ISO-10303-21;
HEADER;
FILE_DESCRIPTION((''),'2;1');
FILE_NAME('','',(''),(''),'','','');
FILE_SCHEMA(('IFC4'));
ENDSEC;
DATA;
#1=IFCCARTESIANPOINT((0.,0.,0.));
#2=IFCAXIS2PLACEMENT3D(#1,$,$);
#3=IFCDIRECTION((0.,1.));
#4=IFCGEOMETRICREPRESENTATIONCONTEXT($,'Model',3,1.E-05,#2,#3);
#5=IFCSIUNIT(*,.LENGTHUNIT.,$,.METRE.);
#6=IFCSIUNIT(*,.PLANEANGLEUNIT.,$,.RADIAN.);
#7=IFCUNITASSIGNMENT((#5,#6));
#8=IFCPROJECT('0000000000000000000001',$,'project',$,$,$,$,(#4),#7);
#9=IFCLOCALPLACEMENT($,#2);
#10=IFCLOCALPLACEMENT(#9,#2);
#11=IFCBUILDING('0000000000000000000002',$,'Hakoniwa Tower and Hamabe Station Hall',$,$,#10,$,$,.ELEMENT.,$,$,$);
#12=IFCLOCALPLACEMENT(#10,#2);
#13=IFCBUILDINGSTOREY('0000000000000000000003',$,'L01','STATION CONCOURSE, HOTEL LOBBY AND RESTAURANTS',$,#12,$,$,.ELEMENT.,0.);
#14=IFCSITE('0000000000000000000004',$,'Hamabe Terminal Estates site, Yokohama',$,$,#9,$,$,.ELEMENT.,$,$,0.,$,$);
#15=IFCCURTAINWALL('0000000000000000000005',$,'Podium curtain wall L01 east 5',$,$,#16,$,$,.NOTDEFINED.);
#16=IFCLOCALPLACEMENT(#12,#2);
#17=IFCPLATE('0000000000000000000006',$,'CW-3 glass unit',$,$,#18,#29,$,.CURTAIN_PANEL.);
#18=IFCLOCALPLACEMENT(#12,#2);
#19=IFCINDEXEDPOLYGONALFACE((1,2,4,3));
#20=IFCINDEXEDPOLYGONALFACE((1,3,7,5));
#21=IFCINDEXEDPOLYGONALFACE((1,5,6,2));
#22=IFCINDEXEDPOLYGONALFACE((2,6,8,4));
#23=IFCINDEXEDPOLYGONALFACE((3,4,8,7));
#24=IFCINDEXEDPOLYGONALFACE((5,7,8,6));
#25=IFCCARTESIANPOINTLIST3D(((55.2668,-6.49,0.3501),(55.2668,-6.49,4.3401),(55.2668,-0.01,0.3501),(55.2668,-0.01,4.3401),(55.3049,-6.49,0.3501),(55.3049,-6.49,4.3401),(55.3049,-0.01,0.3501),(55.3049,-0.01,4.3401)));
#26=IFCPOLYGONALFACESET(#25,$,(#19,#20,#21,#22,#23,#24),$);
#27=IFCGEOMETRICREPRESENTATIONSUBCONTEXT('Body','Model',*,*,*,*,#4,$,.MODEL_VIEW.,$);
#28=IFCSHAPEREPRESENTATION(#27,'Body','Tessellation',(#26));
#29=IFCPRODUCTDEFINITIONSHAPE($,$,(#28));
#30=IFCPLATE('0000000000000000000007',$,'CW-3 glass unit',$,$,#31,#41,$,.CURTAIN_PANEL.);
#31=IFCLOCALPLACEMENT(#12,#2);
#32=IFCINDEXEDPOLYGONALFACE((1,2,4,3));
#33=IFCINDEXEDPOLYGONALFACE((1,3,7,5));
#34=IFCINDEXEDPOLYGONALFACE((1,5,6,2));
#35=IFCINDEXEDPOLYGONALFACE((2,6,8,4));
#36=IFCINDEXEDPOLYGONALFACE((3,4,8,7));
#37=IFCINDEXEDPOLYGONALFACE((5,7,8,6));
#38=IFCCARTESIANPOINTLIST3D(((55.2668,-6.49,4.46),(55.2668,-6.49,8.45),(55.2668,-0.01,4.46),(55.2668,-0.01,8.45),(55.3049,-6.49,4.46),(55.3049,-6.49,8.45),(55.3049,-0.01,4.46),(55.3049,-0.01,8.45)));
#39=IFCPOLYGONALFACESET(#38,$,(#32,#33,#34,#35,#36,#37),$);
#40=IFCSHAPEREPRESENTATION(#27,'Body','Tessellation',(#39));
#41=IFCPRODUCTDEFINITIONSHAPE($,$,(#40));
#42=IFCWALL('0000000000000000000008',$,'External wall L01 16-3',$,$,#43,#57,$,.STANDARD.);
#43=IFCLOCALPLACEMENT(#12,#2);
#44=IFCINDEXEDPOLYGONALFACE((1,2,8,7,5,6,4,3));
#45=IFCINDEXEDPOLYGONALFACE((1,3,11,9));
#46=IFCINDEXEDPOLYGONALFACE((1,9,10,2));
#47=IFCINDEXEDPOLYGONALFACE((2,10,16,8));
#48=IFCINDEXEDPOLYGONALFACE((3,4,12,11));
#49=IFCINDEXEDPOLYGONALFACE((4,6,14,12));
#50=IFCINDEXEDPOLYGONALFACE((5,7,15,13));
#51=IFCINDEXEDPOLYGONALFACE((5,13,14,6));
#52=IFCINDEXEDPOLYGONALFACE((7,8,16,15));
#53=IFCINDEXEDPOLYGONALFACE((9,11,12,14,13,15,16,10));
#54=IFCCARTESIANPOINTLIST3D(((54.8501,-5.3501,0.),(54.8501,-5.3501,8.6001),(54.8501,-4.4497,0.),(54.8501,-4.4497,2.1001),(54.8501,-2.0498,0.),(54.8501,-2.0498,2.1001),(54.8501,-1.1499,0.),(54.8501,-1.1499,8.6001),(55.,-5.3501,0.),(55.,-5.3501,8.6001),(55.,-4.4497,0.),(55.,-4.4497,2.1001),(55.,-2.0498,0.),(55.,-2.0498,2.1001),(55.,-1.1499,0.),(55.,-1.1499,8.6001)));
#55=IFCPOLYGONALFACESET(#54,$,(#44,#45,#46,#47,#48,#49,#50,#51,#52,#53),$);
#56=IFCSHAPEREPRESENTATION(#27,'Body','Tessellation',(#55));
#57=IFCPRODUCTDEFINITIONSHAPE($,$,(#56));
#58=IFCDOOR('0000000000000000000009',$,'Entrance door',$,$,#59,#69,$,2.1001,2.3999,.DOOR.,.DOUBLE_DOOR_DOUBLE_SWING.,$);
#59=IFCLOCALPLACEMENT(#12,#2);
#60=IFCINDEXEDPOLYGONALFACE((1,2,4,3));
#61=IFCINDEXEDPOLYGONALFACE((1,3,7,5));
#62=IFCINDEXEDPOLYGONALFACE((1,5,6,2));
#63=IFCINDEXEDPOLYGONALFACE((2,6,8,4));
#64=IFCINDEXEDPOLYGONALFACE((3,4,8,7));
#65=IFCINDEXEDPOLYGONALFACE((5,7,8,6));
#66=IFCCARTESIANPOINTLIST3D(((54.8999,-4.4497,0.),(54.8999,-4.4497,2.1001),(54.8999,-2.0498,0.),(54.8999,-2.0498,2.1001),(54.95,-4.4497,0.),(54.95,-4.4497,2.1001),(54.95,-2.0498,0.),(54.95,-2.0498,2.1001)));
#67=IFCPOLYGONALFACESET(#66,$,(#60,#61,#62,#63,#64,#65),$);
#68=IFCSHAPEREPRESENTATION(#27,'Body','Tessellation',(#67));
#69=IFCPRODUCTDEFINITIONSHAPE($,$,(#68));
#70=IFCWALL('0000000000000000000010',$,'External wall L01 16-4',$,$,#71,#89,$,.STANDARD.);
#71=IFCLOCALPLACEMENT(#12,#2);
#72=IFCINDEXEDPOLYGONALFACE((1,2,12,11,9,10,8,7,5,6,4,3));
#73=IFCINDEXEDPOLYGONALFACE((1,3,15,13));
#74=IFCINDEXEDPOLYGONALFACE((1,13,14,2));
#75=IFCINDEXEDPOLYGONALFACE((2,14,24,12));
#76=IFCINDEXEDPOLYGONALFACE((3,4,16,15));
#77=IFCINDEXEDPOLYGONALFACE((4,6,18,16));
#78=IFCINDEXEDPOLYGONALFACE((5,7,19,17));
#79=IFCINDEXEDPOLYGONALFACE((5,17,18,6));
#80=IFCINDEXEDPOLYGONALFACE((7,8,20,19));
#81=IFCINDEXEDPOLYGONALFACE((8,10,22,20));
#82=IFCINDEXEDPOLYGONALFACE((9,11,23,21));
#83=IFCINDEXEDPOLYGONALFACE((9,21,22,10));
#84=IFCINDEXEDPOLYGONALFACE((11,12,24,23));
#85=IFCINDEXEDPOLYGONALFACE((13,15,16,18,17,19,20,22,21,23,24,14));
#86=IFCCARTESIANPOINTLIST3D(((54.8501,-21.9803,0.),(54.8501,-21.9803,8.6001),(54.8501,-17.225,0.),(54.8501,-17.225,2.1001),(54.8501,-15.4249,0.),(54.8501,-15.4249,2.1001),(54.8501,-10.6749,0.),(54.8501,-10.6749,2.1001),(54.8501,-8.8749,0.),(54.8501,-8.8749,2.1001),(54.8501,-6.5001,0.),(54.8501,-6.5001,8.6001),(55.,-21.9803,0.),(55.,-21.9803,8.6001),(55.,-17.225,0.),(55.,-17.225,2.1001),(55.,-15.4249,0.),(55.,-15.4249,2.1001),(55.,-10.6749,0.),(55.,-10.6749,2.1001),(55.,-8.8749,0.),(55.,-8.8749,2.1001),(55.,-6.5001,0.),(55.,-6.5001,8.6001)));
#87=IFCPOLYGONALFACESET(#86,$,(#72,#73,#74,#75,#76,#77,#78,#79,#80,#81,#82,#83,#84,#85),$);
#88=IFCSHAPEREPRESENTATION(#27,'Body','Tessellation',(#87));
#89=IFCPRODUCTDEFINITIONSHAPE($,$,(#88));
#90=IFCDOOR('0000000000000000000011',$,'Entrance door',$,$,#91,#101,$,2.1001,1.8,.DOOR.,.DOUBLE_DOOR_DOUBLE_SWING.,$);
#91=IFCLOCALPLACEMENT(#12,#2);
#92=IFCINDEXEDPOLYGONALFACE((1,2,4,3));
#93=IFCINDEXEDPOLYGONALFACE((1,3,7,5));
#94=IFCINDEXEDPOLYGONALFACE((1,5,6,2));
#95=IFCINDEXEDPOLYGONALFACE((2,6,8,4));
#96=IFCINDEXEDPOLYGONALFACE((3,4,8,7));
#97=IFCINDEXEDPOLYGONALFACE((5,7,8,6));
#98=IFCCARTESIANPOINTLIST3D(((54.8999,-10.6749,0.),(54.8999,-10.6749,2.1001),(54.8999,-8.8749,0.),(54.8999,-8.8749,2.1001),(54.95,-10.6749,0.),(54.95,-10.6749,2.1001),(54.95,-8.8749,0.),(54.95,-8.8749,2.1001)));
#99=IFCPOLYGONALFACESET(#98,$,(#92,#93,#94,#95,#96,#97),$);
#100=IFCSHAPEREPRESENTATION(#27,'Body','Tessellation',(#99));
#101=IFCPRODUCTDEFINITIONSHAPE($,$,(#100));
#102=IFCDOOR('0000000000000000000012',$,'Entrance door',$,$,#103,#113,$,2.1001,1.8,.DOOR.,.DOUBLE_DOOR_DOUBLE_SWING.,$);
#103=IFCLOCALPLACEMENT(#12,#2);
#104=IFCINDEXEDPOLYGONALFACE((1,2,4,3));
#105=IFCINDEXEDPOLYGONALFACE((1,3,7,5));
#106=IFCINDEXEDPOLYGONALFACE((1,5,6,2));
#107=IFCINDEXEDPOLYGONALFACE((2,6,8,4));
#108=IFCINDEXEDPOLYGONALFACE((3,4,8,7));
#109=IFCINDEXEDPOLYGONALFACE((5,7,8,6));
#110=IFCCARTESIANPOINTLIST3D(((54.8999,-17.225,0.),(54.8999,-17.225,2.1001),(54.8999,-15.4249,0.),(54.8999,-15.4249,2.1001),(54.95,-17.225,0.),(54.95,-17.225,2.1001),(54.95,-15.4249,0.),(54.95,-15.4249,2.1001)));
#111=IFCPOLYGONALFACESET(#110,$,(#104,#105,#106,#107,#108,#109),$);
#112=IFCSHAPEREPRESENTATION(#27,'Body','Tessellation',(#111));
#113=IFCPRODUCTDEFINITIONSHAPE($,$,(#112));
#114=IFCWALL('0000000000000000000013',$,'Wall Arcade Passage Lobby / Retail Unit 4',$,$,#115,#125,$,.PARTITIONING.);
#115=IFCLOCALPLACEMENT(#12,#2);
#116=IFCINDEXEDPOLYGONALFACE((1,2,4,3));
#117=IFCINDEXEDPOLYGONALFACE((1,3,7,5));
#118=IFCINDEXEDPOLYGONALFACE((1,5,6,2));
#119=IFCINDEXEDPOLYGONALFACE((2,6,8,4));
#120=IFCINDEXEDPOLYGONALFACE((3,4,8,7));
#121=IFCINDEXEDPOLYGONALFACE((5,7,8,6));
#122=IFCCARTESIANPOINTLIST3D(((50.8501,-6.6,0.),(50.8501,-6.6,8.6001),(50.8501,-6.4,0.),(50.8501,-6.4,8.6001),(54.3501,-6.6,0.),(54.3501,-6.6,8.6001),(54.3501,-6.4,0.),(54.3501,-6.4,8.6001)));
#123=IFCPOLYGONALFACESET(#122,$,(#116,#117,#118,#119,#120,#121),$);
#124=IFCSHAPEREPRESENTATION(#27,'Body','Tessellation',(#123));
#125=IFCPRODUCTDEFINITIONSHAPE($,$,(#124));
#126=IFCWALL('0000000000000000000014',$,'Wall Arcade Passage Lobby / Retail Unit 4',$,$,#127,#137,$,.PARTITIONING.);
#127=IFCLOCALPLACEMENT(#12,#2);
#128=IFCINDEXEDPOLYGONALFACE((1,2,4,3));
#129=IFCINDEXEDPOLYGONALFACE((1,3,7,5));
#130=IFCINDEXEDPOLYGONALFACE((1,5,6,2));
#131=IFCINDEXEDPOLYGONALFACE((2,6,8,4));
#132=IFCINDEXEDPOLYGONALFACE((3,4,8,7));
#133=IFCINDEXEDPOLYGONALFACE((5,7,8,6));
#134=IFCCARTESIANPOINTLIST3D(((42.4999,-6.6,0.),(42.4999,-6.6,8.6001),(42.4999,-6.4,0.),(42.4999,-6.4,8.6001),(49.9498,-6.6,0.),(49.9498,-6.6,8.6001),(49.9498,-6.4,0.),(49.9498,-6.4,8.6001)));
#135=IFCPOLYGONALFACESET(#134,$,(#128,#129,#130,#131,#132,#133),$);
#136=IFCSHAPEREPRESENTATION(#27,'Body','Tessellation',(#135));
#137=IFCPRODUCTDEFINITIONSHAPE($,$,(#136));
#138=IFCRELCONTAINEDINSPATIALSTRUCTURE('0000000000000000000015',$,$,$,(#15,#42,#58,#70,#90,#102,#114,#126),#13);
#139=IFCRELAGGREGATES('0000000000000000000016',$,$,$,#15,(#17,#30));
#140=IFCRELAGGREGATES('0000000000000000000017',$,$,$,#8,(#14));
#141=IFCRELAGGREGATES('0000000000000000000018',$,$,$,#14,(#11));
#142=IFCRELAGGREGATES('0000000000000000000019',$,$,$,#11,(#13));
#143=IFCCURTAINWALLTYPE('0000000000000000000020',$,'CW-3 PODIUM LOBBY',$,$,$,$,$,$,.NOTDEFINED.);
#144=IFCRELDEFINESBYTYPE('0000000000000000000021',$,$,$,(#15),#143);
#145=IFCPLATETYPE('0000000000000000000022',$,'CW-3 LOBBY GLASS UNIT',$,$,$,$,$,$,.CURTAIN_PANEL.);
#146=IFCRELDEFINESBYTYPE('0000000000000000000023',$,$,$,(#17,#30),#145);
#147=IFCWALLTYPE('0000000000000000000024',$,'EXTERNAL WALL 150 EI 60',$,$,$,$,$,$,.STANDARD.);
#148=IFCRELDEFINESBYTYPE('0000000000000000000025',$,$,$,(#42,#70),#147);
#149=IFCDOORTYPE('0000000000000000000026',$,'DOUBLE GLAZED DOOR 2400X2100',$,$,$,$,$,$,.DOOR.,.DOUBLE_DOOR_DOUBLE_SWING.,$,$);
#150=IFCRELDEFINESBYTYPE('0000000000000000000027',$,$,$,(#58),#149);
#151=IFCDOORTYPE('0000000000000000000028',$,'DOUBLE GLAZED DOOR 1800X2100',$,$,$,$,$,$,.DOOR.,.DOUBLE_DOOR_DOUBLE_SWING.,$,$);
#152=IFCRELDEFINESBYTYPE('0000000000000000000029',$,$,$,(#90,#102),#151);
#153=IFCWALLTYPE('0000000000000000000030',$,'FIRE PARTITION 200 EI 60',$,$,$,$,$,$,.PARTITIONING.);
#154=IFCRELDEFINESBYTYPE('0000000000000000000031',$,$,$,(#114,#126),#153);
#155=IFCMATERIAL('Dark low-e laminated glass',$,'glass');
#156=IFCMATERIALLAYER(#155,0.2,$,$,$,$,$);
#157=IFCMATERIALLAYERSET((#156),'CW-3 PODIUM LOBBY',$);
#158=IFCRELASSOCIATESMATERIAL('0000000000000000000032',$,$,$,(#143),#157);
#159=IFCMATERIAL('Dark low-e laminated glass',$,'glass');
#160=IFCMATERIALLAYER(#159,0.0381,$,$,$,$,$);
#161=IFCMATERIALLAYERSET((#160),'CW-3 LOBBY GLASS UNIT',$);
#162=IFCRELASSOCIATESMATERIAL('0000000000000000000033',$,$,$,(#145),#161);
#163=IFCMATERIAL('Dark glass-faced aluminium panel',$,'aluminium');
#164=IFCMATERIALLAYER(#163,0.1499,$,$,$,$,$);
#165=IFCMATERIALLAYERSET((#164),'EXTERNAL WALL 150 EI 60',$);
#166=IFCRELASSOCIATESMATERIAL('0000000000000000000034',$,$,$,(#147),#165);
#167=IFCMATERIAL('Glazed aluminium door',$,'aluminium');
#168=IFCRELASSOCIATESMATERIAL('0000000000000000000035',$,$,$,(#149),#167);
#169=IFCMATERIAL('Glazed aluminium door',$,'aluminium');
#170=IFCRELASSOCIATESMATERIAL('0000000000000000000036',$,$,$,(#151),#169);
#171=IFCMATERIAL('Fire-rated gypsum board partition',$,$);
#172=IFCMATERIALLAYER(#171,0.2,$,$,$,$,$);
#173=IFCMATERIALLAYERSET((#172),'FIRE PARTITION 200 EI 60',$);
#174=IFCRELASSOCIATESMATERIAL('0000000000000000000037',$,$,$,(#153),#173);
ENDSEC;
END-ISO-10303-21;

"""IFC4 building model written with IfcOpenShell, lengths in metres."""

from ifc_helpers import new_model, si_unit, direction, frame, frame_2d, origin, origin_2d, place, context, subcontext, project, spatial, rectangle, extrude, material, layer, layer_set, type_object, element, fill, aggregate, save


model = new_model("IFC4")

# Units and contexts
model_context = context("Model", 3, precision=1e-05, world=origin(), true_north=direction((0.0, 1.0)))
body_context = subcontext(model_context, "Body", "Model", "MODEL_VIEW")
ifc_project = project(units=[si_unit("LENGTHUNIT", "METRE"), si_unit("PLANEANGLEUNIT", "RADIAN")], contexts=[model_context])

# Site, building, storey
site_placement = place(None, origin())
site = spatial("IfcSite", under=ifc_project, at=site_placement, Name="Hamabe Terminal Estates site, Yokohama", CompositionType="ELEMENT", RefElevation=0.0)
building_placement = place(site_placement, origin())
building = spatial("IfcBuilding", under=site, at=building_placement, Name="Hakoniwa Tower and Hamabe Station Hall", CompositionType="ELEMENT")
storey_placement = place(building_placement, origin())
storey = spatial("IfcBuildingStorey", under=building, at=storey_placement, Name="L01", Description="STATION CONCOURSE, HOTEL LOBBY AND RESTAURANTS", CompositionType="ELEMENT", Elevation=0.0)

# Curtain wall, plates
ifc_material_1 = material(Name="Dark low-e laminated glass", Category="glass")
ifc_layer_1 = layer(ifc_material_1, 0.2)
ifc_layer_set_1 = layer_set([ifc_layer_1], Name="CW-3 PODIUM LOBBY")
curtain_wall_type = type_object("IfcCurtainWallType", Name="CW-3 PODIUM LOBBY", PredefinedType="NOTDEFINED", material=ifc_layer_set_1)
curtain_wall_placement = place(storey_placement, origin())
curtain_wall = element("IfcCurtainWall", 1, at=curtain_wall_placement, inside=storey, type_object=curtain_wall_type, Name="Podium curtain wall L01 east 5", PredefinedType="NOTDEFINED")
ifc_material_2 = material(Name="Dark low-e laminated glass", Category="glass")
ifc_layer_2 = layer(ifc_material_2, 0.0381)
ifc_layer_set_2 = layer_set([ifc_layer_2], Name="CW-3 LOBBY GLASS UNIT")
plate_type = type_object("IfcPlateType", Name="CW-3 LOBBY GLASS UNIT", PredefinedType="CURTAIN_PANEL", material=ifc_layer_set_2)
plate_1_placement = place(storey_placement, frame((55.2859, -3.25, 0.3501), z_axis=(0.0, 0.0, 1.0), x_axis=(0.0, 1.0, 0.0)))
plate_1 = element("IfcPlate", 2, at=plate_1_placement, type_object=plate_type, Name="CW-3 glass unit", PredefinedType="CURTAIN_PANEL", context=body_context, shape_type="SweptSolid", body=[
    extrude(rectangle(XDim=6.48, YDim=0.0381, at=origin_2d()), origin(), (0.0, 0.0, 1.0), 3.99),
])
plate_2_placement = place(storey_placement, frame((55.2859, -3.25, 4.46), z_axis=(0.0, 0.0, 1.0), x_axis=(0.0, 1.0, 0.0)))
plate_2 = element("IfcPlate", 3, at=plate_2_placement, type_object=plate_type, Name="CW-3 glass unit", PredefinedType="CURTAIN_PANEL", context=body_context, shape_type="SweptSolid", body=[
    extrude(rectangle(XDim=6.48, YDim=0.0381, at=origin_2d()), origin(), (0.0, 0.0, 1.0), 3.99),
])
aggregate(curtain_wall, [plate_1, plate_2])

# Wall, opening, door
ifc_material_3 = material(Name="Dark glass-faced aluminium panel", Category="aluminium")
ifc_layer_3 = layer(ifc_material_3, 0.1499)
ifc_layer_set_3 = layer_set([ifc_layer_3], Name="EXTERNAL WALL 150 EI 60")
wall_type_1 = type_object("IfcWallType", Name="EXTERNAL WALL 150 EI 60", PredefinedType="STANDARD", material=ifc_layer_set_3)
wall_1_placement = place(storey_placement, frame((54.925, -1.1499, 0.0), z_axis=(0.0, 0.0, 1.0), x_axis=(0.0, -1.0, 0.0)))
wall_1 = element("IfcWall", 4, at=wall_1_placement, inside=storey, type_object=wall_type_1, Name="External wall L01 16-3", PredefinedType="STANDARD", context=body_context, shape_type="SweptSolid", body=[
    extrude(rectangle(XDim=4.2002, YDim=0.1499, at=frame_2d((2.1001, 0.0))), origin(), (0.0, 0.0, 1.0), 8.6001),
])
opening_1_placement = place(wall_1_placement, frame((0.8999, 0.0, 0.0)))
opening_1 = element("IfcOpeningElement", 5, at=opening_1_placement, cuts=wall_1, PredefinedType="OPENING", context=body_context, shape_type="SweptSolid", body=[
    extrude(rectangle(XDim=2.3999, YDim=2.1001, at=frame_2d((1.2, 1.05))), frame((0.0, 0.085, 0.0), z_axis=(0.0, -1.0, 0.0), x_axis=(1.0, 0.0, 0.0)), (0.0, 0.0, 1.0), 0.1699),
])
ifc_material_4 = material(Name="Glazed aluminium door", Category="aluminium")
door_type_1 = type_object("IfcDoorType", Name="DOUBLE GLAZED DOOR 2400X2100", OperationType="DOUBLE_DOOR_DOUBLE_SWING", PredefinedType="DOOR", material=ifc_material_4)
door_1_placement = place(opening_1_placement, origin())
door_1 = element("IfcDoor", 6, at=door_1_placement, inside=storey, type_object=door_type_1, Name="Entrance door", OperationType="DOUBLE_DOOR_DOUBLE_SWING", OverallHeight=2.1001, OverallWidth=2.3999, PredefinedType="DOOR", context=body_context, shape_type="SweptSolid", body=[
    extrude(rectangle(XDim=2.3999, YDim=2.1001, at=frame_2d((1.2, 1.05))), frame((0.0, 0.0249, 0.0), z_axis=(0.0, -1.0, 0.0), x_axis=(1.0, 0.0, 0.0)), (0.0, 0.0, 1.0), 0.05),
])
fill(opening_1, door_1)

# Wall, openings, doors
wall_2_placement = place(storey_placement, frame((54.925, -6.5, 0.0), z_axis=(0.0, 0.0, 1.0), x_axis=(0.0, -1.0, 0.0)))
wall_2 = element("IfcWall", 7, at=wall_2_placement, inside=storey, type_object=wall_type_1, Name="External wall L01 16-4", PredefinedType="STANDARD", context=body_context, shape_type="SweptSolid", body=[
    extrude(rectangle(XDim=15.4802, YDim=0.1499, at=frame_2d((7.7402, 0.0))), origin(), (0.0, 0.0, 1.0), 8.6001),
])
opening_2_placement = place(wall_2_placement, frame((2.375, 0.0, 0.0)))
opening_2 = element("IfcOpeningElement", 8, at=opening_2_placement, cuts=wall_2, PredefinedType="OPENING", context=body_context, shape_type="SweptSolid", body=[
    extrude(rectangle(XDim=1.8, YDim=2.1001, at=frame_2d((0.8999, 1.05))), frame((0.0, 0.085, 0.0), z_axis=(0.0, -1.0, 0.0), x_axis=(1.0, 0.0, 0.0)), (0.0, 0.0, 1.0), 0.1699),
])
opening_3_placement = place(wall_2_placement, frame((8.925, 0.0, 0.0)))
opening_3 = element("IfcOpeningElement", 9, at=opening_3_placement, cuts=wall_2, PredefinedType="OPENING", context=body_context, shape_type="SweptSolid", body=[
    extrude(rectangle(XDim=1.8, YDim=2.1001, at=frame_2d((0.8999, 1.05))), frame((0.0, 0.085, 0.0), z_axis=(0.0, -1.0, 0.0), x_axis=(1.0, 0.0, 0.0)), (0.0, 0.0, 1.0), 0.1699),
])
ifc_material_5 = material(Name="Glazed aluminium door", Category="aluminium")
door_type_2 = type_object("IfcDoorType", Name="DOUBLE GLAZED DOOR 1800X2100", OperationType="DOUBLE_DOOR_DOUBLE_SWING", PredefinedType="DOOR", material=ifc_material_5)
door_2_placement = place(opening_2_placement, origin())
door_2 = element("IfcDoor", 10, at=door_2_placement, inside=storey, type_object=door_type_2, Name="Entrance door", OperationType="DOUBLE_DOOR_DOUBLE_SWING", OverallHeight=2.1001, OverallWidth=1.8, PredefinedType="DOOR", context=body_context, shape_type="SweptSolid", body=[
    extrude(rectangle(XDim=1.8, YDim=2.1001, at=frame_2d((0.8999, 1.05))), frame((0.0, 0.0249, 0.0), z_axis=(0.0, -1.0, 0.0), x_axis=(1.0, 0.0, 0.0)), (0.0, 0.0, 1.0), 0.05),
])
fill(opening_2, door_2)
door_3_placement = place(opening_3_placement, origin())
door_3 = element("IfcDoor", 11, at=door_3_placement, inside=storey, type_object=door_type_2, Name="Entrance door", OperationType="DOUBLE_DOOR_DOUBLE_SWING", OverallHeight=2.1001, OverallWidth=1.8, PredefinedType="DOOR", context=body_context, shape_type="SweptSolid", body=[
    extrude(rectangle(XDim=1.8, YDim=2.1001, at=frame_2d((0.8999, 1.05))), frame((0.0, 0.0249, 0.0), z_axis=(0.0, -1.0, 0.0), x_axis=(1.0, 0.0, 0.0)), (0.0, 0.0, 1.0), 0.05),
])
fill(opening_3, door_3)

# Walls
ifc_material_6 = material(Name="Fire-rated gypsum board partition")
ifc_layer_4 = layer(ifc_material_6, 0.2)
ifc_layer_set_4 = layer_set([ifc_layer_4], Name="FIRE PARTITION 200 EI 60")
wall_type_2 = type_object("IfcWallType", Name="FIRE PARTITION 200 EI 60", PredefinedType="PARTITIONING", material=ifc_layer_set_4)
wall_3_placement = place(storey_placement, frame((54.3501, -6.5, 0.0), z_axis=(0.0, 0.0, 1.0), x_axis=(-1.0, 0.0, 0.0)))
element("IfcWall", 12, at=wall_3_placement, inside=storey, type_object=wall_type_2, Name="Wall Arcade Passage Lobby / Retail Unit 4", PredefinedType="PARTITIONING", context=body_context, shape_type="SweptSolid", body=[
    extrude(rectangle(XDim=3.5, YDim=0.2, at=frame_2d((1.75, 0.0))), origin(), (0.0, 0.0, 1.0), 8.6001),
])
wall_4_placement = place(storey_placement, frame((49.95, -6.5, 0.0), z_axis=(0.0, 0.0, 1.0), x_axis=(-1.0, 0.0, 0.0)))
element("IfcWall", 13, at=wall_4_placement, inside=storey, type_object=wall_type_2, Name="Wall Arcade Passage Lobby / Retail Unit 4", PredefinedType="PARTITIONING", context=body_context, shape_type="SweptSolid", body=[
    extrude(rectangle(XDim=7.45, YDim=0.2, at=frame_2d((3.7251, 0.0))), origin(), (0.0, 0.0, 1.0), 8.6001),
])

save(model, "model.ifc")
